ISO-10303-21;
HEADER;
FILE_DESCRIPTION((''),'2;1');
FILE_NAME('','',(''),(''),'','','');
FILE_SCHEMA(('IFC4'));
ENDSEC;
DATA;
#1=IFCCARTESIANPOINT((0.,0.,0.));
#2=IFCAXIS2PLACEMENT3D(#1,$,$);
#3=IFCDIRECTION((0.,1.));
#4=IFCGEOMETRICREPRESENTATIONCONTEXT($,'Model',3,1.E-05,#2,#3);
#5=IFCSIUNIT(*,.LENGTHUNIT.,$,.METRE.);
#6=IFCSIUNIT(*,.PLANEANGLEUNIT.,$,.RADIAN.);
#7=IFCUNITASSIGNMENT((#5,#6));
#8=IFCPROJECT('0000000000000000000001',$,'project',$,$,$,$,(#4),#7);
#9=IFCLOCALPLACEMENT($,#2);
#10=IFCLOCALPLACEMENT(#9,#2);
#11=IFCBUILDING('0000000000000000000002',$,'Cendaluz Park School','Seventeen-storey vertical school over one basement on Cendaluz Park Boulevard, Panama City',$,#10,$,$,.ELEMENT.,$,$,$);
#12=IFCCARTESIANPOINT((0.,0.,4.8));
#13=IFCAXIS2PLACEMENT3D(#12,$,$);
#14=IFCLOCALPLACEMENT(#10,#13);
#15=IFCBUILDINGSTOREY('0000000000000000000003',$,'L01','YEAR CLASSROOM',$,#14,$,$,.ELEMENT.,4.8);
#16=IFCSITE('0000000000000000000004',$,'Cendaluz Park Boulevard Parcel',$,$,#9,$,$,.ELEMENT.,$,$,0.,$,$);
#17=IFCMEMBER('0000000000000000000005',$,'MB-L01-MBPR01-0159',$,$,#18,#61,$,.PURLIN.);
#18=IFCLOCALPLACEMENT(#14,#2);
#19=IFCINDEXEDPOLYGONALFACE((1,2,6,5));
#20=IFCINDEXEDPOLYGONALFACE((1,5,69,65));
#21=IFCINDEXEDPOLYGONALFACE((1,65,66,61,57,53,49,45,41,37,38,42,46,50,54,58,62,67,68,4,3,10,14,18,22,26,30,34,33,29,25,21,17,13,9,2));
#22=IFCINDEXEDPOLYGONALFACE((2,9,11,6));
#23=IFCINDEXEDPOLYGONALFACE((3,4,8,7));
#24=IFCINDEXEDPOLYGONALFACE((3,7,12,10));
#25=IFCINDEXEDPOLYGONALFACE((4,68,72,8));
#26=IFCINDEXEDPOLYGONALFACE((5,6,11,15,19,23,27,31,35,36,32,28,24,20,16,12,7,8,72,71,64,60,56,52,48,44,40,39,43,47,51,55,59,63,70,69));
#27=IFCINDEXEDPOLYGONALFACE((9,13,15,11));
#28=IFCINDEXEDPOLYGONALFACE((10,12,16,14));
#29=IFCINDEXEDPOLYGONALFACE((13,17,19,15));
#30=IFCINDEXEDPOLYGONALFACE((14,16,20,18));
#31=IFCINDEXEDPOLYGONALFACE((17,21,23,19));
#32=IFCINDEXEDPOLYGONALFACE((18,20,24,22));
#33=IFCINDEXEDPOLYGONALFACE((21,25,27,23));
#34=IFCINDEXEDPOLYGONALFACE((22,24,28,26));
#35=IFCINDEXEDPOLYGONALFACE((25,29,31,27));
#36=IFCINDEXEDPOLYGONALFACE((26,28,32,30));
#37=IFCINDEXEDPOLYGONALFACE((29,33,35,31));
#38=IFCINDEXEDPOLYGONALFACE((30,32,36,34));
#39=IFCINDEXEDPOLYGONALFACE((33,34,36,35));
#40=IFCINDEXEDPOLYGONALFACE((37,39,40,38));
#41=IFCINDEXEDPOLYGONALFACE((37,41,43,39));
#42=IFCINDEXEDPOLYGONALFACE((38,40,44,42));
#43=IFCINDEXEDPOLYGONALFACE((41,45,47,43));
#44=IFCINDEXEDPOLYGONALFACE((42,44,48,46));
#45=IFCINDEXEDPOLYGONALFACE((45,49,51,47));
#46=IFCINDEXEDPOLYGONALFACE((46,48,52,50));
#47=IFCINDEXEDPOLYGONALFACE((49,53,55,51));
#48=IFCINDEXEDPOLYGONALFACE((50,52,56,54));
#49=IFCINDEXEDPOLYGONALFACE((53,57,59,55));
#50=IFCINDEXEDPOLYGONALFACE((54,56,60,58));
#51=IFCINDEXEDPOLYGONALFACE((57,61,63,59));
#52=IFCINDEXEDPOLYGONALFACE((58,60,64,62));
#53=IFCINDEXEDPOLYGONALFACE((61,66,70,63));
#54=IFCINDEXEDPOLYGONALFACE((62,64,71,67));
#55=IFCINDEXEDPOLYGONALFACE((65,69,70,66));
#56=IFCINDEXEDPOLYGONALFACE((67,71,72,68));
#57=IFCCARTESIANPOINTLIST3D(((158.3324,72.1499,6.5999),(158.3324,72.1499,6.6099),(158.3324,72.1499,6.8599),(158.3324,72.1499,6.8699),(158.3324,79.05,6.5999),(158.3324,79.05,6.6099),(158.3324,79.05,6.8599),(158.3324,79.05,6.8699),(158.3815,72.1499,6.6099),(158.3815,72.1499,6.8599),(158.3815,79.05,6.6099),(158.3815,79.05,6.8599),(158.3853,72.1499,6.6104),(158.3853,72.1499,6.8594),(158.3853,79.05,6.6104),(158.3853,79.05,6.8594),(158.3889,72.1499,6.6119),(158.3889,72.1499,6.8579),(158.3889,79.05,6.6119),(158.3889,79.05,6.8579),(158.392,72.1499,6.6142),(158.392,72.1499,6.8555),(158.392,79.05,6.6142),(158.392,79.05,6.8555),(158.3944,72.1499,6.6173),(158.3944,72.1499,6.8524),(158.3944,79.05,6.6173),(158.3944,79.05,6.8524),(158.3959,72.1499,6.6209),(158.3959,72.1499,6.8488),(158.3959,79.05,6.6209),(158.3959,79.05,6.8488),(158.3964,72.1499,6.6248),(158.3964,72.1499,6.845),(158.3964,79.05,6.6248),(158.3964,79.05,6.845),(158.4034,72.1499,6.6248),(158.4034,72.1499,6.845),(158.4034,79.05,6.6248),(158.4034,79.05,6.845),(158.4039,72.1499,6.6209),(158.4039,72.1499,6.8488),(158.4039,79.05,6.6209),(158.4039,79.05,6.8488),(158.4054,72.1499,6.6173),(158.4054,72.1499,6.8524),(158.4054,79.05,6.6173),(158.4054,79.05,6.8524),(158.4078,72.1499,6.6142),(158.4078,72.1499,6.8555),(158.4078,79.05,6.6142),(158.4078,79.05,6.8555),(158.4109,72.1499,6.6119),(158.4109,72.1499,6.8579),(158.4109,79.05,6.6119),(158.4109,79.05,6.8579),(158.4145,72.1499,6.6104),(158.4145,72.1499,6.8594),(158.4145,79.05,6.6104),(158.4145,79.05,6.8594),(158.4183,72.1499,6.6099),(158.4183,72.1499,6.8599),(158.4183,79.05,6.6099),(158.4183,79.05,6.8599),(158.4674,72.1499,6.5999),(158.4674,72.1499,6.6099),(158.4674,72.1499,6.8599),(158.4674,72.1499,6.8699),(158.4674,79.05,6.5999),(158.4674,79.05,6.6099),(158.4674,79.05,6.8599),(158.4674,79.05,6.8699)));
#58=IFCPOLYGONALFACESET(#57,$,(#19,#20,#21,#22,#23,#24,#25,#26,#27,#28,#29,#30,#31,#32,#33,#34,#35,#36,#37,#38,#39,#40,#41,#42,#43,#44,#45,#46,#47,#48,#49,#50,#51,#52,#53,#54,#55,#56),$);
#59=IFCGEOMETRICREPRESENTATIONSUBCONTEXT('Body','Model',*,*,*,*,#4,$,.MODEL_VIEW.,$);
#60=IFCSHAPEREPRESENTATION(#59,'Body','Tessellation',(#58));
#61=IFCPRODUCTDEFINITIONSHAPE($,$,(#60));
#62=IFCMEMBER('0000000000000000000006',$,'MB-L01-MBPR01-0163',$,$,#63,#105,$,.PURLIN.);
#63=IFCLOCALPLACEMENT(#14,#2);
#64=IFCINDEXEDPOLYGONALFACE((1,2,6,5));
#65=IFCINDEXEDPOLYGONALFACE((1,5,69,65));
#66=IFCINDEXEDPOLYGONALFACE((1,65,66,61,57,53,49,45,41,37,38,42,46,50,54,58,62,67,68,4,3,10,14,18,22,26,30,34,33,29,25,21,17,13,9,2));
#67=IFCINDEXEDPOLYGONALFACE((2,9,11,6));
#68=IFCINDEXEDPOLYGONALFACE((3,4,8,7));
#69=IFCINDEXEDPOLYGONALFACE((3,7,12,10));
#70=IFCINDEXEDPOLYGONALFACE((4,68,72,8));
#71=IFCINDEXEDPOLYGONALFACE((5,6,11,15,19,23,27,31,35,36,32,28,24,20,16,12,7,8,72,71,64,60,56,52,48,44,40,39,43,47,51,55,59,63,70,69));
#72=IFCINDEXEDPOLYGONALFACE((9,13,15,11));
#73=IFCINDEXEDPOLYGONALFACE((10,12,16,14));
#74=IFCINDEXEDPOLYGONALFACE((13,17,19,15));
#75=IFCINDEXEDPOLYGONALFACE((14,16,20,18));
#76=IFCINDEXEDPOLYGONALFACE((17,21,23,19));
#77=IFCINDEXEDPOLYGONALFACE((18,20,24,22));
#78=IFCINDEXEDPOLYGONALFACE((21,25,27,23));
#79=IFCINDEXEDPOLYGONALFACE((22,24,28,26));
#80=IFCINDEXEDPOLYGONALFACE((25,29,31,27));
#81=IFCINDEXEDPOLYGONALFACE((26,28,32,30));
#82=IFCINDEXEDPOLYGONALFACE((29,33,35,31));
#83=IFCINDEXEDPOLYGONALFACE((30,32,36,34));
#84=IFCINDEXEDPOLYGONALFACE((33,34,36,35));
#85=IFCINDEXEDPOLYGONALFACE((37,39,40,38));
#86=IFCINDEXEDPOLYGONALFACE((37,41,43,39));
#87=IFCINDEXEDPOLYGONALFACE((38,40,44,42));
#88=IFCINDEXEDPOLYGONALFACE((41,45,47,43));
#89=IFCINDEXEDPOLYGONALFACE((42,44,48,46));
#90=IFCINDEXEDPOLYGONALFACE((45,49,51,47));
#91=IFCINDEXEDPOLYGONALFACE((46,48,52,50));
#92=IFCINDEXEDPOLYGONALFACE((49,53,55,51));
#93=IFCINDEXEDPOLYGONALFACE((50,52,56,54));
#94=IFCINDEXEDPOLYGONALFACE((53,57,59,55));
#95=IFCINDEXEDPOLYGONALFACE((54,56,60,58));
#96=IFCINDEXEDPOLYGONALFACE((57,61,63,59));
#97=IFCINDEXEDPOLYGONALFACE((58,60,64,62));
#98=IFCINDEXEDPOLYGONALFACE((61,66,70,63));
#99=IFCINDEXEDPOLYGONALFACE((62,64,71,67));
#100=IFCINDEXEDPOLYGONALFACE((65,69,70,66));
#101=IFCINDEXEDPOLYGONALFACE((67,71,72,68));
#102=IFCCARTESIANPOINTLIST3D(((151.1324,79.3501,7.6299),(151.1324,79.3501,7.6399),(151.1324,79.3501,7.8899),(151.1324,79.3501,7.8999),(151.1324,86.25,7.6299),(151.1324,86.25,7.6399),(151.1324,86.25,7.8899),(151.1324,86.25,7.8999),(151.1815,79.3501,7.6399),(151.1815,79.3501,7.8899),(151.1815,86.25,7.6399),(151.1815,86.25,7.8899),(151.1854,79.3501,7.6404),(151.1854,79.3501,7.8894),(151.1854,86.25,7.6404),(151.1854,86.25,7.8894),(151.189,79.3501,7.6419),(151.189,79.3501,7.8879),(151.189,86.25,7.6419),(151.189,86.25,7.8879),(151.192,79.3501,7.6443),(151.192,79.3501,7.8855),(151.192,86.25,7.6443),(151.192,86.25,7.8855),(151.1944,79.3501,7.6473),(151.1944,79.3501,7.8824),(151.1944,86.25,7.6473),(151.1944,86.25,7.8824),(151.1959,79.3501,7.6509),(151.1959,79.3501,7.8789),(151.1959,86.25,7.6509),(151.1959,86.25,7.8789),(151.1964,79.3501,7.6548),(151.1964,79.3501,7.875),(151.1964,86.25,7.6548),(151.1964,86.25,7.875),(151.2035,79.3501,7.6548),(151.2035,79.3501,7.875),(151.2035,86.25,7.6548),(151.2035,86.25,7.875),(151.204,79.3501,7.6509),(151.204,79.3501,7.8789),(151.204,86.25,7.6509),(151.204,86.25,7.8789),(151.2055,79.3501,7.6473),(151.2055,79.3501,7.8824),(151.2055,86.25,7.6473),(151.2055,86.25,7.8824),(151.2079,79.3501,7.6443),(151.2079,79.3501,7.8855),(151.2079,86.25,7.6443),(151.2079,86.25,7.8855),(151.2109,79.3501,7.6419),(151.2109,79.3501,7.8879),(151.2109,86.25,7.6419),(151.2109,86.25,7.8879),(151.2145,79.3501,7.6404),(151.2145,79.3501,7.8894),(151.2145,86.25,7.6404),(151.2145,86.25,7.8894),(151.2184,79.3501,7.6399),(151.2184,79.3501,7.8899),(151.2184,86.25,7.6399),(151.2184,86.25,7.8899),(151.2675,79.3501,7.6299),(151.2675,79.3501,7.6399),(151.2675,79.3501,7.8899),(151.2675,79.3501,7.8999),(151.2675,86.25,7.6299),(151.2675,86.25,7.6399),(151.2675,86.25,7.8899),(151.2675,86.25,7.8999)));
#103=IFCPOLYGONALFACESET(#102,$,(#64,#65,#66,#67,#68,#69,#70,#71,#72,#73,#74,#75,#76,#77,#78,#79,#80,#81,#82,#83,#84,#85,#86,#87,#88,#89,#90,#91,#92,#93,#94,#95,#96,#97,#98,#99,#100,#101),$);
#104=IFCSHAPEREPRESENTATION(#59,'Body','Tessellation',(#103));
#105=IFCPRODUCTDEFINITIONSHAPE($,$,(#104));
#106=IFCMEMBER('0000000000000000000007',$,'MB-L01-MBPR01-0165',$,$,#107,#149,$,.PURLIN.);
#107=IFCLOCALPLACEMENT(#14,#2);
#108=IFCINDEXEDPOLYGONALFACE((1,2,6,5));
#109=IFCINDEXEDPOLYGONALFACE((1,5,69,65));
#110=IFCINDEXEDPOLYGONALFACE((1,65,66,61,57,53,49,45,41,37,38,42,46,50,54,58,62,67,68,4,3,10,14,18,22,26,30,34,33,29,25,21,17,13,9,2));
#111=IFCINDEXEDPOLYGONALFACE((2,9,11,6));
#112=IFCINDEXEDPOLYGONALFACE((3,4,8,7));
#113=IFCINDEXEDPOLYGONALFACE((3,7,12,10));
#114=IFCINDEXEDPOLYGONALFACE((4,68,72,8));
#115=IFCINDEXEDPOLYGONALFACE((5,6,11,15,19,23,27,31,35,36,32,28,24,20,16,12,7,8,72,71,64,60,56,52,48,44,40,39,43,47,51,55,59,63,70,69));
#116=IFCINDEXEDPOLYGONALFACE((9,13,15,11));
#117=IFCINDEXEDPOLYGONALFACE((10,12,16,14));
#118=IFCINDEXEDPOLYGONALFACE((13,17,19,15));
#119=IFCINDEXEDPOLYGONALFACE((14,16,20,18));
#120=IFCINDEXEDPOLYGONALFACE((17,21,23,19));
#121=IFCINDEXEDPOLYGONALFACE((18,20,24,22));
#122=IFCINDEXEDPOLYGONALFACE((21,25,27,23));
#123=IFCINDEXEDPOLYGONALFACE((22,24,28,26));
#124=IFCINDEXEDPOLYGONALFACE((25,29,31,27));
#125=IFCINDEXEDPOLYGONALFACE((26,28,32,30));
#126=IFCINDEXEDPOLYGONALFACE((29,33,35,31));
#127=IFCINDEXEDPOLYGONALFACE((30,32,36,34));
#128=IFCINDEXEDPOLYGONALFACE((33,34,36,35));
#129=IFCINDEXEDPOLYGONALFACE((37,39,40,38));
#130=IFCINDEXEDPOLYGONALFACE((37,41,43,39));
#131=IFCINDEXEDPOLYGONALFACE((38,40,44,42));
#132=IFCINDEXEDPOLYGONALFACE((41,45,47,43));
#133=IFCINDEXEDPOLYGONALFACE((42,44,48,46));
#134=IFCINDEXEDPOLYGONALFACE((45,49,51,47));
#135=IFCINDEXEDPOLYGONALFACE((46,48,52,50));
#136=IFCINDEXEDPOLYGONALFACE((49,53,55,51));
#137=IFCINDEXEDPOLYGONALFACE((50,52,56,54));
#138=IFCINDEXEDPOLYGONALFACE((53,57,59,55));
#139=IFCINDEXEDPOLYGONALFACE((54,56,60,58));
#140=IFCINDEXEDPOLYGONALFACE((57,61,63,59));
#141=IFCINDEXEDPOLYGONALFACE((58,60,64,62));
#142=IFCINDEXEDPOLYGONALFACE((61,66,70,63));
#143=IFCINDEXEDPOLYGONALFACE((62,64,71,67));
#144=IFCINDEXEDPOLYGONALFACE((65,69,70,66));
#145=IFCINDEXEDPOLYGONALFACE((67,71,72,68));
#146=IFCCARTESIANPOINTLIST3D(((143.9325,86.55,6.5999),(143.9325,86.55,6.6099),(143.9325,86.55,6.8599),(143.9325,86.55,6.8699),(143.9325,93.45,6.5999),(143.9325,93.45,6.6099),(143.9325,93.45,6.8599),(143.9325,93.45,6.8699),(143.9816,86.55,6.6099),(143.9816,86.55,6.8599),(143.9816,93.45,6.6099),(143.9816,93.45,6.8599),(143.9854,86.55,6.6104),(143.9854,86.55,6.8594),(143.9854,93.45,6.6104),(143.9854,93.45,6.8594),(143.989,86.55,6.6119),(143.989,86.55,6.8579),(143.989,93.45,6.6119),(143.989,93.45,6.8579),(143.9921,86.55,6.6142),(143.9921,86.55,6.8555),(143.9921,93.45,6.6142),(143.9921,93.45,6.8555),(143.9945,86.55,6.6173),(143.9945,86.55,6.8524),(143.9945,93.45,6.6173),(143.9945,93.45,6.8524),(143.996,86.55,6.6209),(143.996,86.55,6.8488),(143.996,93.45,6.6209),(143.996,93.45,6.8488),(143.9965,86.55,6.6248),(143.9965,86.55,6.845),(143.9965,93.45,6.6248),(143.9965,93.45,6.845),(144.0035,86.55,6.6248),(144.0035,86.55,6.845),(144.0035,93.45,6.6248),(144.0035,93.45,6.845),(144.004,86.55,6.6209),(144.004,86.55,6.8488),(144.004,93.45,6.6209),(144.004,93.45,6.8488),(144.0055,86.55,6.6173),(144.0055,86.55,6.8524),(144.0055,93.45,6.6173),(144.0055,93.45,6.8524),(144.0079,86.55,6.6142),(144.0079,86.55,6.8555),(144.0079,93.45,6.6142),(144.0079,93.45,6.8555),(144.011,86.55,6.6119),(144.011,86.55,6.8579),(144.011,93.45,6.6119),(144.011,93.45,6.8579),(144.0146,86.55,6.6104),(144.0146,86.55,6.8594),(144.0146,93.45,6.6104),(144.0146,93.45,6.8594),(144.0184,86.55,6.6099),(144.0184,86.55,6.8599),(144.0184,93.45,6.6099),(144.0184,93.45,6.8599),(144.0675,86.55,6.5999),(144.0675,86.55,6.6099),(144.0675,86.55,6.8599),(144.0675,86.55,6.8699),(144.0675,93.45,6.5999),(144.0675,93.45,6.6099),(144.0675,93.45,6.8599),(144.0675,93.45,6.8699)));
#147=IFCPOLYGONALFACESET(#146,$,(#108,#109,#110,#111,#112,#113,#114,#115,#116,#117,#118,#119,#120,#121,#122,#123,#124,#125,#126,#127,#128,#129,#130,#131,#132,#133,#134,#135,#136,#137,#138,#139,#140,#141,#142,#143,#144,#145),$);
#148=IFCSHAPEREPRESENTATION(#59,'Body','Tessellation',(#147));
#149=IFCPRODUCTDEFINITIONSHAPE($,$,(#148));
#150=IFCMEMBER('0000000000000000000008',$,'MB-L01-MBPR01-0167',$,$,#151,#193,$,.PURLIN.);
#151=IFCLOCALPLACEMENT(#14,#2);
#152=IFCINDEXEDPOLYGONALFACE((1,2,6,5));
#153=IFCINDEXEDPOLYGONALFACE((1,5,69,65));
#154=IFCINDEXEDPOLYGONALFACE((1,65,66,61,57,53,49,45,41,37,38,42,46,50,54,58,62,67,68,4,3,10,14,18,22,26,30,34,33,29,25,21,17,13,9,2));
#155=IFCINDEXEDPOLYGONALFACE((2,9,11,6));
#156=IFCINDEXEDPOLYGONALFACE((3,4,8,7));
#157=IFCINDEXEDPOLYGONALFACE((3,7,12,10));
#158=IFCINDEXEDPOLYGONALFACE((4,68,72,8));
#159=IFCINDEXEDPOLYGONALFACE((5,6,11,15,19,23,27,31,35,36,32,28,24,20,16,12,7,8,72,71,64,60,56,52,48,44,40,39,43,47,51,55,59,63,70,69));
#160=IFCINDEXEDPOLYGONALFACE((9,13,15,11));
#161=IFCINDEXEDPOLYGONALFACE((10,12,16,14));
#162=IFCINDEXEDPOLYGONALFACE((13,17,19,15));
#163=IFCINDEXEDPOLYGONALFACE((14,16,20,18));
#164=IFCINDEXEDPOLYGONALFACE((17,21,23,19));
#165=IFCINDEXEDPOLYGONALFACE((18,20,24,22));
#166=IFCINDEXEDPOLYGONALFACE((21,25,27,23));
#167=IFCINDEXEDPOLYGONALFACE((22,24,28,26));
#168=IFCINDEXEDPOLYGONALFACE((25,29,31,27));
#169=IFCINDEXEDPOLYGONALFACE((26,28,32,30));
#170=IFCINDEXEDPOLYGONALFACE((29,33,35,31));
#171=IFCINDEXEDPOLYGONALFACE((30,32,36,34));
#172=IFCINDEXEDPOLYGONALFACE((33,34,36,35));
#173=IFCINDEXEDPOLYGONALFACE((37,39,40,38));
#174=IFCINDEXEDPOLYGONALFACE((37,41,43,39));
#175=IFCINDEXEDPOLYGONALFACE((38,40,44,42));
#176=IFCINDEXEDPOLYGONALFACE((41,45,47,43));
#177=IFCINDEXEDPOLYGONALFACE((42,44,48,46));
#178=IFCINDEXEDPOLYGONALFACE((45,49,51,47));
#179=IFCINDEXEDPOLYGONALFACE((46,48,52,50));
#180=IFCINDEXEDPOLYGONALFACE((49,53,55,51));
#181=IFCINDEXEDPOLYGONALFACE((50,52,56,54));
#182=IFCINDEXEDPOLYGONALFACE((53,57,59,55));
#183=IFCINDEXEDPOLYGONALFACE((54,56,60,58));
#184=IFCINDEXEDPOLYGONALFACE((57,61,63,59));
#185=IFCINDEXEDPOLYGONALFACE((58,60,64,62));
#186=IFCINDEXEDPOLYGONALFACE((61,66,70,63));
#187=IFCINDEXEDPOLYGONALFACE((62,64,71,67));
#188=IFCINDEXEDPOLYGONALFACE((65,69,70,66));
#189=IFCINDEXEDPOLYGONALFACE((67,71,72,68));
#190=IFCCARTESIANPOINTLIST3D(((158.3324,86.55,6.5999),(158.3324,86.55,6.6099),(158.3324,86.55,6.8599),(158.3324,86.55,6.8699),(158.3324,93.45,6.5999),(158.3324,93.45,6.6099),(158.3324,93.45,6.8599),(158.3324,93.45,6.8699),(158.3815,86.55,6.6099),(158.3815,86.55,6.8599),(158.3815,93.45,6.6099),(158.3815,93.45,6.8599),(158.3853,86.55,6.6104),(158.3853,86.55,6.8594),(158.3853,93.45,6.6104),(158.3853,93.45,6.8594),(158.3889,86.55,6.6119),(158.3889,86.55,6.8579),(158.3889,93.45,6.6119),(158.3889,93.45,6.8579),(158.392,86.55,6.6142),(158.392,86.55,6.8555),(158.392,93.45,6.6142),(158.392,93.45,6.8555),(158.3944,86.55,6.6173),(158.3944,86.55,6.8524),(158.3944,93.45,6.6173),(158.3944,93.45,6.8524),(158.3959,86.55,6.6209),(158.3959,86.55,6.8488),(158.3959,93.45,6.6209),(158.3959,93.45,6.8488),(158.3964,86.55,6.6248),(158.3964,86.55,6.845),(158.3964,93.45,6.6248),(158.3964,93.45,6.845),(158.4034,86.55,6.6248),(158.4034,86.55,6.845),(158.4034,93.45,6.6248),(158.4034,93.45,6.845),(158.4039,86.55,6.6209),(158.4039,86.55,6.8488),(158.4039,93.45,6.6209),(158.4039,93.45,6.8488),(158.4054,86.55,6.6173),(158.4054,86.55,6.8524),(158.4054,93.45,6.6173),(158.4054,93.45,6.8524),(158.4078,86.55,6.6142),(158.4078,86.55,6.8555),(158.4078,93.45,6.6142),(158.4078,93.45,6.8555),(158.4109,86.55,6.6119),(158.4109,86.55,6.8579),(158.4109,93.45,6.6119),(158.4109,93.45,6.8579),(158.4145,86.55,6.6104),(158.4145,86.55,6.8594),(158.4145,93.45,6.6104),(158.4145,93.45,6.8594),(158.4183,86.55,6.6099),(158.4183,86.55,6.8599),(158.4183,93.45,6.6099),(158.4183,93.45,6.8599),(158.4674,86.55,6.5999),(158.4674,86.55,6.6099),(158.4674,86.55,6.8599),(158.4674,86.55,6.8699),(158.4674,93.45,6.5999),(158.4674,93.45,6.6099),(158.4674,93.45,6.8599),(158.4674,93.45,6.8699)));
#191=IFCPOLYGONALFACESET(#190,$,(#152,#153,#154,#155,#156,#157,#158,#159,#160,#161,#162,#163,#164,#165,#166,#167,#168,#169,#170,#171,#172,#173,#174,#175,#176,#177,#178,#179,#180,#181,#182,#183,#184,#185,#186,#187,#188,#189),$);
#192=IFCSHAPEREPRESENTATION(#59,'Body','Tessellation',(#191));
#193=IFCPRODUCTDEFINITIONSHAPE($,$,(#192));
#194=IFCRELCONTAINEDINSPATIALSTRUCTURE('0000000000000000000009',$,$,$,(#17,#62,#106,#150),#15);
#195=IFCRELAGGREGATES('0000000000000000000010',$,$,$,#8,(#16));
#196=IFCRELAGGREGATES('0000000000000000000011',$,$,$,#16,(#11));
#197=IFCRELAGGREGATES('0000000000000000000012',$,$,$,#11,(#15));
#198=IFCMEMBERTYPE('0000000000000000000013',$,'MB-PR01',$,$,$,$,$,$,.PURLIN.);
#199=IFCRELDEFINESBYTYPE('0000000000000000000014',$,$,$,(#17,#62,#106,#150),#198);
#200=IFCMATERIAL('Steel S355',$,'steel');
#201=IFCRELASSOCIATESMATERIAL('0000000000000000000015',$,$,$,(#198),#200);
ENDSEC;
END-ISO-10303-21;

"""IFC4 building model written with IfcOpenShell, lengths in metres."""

from ifc_helpers import new_model, si_unit, direction, frame, origin, origin_2d, place, context, subcontext, project, spatial, i_section, extrude, material, material_profile, profile_set, type_object, element, save


model = new_model("IFC4")

# Units and contexts
model_context = context("Model", 3, precision=1e-05, world=origin(), true_north=direction((0.0, 1.0)))
body_context = subcontext(model_context, "Body", "Model", "MODEL_VIEW")
ifc_project = project(units=[si_unit("LENGTHUNIT", "METRE"), si_unit("PLANEANGLEUNIT", "RADIAN")], contexts=[model_context])

# Site, building, storey
site_placement = place(None, origin())
site = spatial("IfcSite", under=ifc_project, at=site_placement, Name="Cendaluz Park Boulevard Parcel", CompositionType="ELEMENT", RefElevation=0.0)
building_placement = place(site_placement, origin())
building = spatial("IfcBuilding", under=site, at=building_placement, Name="Cendaluz Park School", Description="Seventeen-storey vertical school over one basement on Cendaluz Park Boulevard, Panama City", CompositionType="ELEMENT")
storey_placement = place(building_placement, frame((0.0, 0.0, 4.8)))
storey = spatial("IfcBuildingStorey", under=building, at=storey_placement, Name="L01", Description="YEAR CLASSROOM", CompositionType="ELEMENT", Elevation=4.8)

# Members
ifc_material_1 = material(Name="Steel S355", Category="steel")
ifc_material_profile_1 = material_profile(ifc_material_1, i_section(OverallWidth=0.135, OverallDepth=0.27, WebThickness=0.0071, FlangeThickness=0.01, FilletRadius=0.0149, at=origin_2d()), Name="IPE 270", Category="steel")
ifc_profile_set_1 = profile_set([ifc_material_profile_1], Name="Steel S355")
member_type_1 = type_object("IfcMemberType", Name="MB-PR01", PredefinedType="PURLIN", material=ifc_profile_set_1)
member_1_placement = place(storey_placement, frame((158.3999, 72.1499, 6.7349), z_axis=(0.0, 1.0, 0.0), x_axis=(-1.0, 0.0, 0.0)))
element("IfcMember", 1, at=member_1_placement, inside=storey, type_object=member_type_1, Name="MB-L01-MBPR01-0159", PredefinedType="PURLIN", context=body_context, shape_type="SweptSolid", body=[
    extrude(i_section(OverallWidth=0.135, OverallDepth=0.27, WebThickness=0.0071, FlangeThickness=0.01, FilletRadius=0.0149, at=origin_2d()), origin(), (0.0, 0.0, 1.0), 6.9001),
])
for number, where, z_axis, x_axis, name in (
    (2, (151.2, 79.3501, 7.7649), (0.0, 1.0, 0.0), (-1.0, 0.0, 0.0), "MB-L01-MBPR01-0163"),
    (3, (144.0, 86.55, 6.7349), (0.0, 1.0, 0.0), (-1.0, 0.0, 0.0), "MB-L01-MBPR01-0165"),
    (4, (158.3999, 86.55, 6.7349), (0.0, 1.0, 0.0), (-1.0, 0.0, 0.0), "MB-L01-MBPR01-0167"),
):
    element("IfcMember", number, at=place(storey_placement, frame(where, z_axis=z_axis, x_axis=x_axis)), inside=storey, type_object=member_type_1, Name=name, PredefinedType="PURLIN", context=body_context, shape_type="SweptSolid", body=[
        extrude(i_section(OverallWidth=0.135, OverallDepth=0.27, WebThickness=0.0071, FlangeThickness=0.01, FilletRadius=0.0149, at=origin_2d()), origin(), (0.0, 0.0, 1.0), 6.8999),
    ])

save(model, "model.ifc")
